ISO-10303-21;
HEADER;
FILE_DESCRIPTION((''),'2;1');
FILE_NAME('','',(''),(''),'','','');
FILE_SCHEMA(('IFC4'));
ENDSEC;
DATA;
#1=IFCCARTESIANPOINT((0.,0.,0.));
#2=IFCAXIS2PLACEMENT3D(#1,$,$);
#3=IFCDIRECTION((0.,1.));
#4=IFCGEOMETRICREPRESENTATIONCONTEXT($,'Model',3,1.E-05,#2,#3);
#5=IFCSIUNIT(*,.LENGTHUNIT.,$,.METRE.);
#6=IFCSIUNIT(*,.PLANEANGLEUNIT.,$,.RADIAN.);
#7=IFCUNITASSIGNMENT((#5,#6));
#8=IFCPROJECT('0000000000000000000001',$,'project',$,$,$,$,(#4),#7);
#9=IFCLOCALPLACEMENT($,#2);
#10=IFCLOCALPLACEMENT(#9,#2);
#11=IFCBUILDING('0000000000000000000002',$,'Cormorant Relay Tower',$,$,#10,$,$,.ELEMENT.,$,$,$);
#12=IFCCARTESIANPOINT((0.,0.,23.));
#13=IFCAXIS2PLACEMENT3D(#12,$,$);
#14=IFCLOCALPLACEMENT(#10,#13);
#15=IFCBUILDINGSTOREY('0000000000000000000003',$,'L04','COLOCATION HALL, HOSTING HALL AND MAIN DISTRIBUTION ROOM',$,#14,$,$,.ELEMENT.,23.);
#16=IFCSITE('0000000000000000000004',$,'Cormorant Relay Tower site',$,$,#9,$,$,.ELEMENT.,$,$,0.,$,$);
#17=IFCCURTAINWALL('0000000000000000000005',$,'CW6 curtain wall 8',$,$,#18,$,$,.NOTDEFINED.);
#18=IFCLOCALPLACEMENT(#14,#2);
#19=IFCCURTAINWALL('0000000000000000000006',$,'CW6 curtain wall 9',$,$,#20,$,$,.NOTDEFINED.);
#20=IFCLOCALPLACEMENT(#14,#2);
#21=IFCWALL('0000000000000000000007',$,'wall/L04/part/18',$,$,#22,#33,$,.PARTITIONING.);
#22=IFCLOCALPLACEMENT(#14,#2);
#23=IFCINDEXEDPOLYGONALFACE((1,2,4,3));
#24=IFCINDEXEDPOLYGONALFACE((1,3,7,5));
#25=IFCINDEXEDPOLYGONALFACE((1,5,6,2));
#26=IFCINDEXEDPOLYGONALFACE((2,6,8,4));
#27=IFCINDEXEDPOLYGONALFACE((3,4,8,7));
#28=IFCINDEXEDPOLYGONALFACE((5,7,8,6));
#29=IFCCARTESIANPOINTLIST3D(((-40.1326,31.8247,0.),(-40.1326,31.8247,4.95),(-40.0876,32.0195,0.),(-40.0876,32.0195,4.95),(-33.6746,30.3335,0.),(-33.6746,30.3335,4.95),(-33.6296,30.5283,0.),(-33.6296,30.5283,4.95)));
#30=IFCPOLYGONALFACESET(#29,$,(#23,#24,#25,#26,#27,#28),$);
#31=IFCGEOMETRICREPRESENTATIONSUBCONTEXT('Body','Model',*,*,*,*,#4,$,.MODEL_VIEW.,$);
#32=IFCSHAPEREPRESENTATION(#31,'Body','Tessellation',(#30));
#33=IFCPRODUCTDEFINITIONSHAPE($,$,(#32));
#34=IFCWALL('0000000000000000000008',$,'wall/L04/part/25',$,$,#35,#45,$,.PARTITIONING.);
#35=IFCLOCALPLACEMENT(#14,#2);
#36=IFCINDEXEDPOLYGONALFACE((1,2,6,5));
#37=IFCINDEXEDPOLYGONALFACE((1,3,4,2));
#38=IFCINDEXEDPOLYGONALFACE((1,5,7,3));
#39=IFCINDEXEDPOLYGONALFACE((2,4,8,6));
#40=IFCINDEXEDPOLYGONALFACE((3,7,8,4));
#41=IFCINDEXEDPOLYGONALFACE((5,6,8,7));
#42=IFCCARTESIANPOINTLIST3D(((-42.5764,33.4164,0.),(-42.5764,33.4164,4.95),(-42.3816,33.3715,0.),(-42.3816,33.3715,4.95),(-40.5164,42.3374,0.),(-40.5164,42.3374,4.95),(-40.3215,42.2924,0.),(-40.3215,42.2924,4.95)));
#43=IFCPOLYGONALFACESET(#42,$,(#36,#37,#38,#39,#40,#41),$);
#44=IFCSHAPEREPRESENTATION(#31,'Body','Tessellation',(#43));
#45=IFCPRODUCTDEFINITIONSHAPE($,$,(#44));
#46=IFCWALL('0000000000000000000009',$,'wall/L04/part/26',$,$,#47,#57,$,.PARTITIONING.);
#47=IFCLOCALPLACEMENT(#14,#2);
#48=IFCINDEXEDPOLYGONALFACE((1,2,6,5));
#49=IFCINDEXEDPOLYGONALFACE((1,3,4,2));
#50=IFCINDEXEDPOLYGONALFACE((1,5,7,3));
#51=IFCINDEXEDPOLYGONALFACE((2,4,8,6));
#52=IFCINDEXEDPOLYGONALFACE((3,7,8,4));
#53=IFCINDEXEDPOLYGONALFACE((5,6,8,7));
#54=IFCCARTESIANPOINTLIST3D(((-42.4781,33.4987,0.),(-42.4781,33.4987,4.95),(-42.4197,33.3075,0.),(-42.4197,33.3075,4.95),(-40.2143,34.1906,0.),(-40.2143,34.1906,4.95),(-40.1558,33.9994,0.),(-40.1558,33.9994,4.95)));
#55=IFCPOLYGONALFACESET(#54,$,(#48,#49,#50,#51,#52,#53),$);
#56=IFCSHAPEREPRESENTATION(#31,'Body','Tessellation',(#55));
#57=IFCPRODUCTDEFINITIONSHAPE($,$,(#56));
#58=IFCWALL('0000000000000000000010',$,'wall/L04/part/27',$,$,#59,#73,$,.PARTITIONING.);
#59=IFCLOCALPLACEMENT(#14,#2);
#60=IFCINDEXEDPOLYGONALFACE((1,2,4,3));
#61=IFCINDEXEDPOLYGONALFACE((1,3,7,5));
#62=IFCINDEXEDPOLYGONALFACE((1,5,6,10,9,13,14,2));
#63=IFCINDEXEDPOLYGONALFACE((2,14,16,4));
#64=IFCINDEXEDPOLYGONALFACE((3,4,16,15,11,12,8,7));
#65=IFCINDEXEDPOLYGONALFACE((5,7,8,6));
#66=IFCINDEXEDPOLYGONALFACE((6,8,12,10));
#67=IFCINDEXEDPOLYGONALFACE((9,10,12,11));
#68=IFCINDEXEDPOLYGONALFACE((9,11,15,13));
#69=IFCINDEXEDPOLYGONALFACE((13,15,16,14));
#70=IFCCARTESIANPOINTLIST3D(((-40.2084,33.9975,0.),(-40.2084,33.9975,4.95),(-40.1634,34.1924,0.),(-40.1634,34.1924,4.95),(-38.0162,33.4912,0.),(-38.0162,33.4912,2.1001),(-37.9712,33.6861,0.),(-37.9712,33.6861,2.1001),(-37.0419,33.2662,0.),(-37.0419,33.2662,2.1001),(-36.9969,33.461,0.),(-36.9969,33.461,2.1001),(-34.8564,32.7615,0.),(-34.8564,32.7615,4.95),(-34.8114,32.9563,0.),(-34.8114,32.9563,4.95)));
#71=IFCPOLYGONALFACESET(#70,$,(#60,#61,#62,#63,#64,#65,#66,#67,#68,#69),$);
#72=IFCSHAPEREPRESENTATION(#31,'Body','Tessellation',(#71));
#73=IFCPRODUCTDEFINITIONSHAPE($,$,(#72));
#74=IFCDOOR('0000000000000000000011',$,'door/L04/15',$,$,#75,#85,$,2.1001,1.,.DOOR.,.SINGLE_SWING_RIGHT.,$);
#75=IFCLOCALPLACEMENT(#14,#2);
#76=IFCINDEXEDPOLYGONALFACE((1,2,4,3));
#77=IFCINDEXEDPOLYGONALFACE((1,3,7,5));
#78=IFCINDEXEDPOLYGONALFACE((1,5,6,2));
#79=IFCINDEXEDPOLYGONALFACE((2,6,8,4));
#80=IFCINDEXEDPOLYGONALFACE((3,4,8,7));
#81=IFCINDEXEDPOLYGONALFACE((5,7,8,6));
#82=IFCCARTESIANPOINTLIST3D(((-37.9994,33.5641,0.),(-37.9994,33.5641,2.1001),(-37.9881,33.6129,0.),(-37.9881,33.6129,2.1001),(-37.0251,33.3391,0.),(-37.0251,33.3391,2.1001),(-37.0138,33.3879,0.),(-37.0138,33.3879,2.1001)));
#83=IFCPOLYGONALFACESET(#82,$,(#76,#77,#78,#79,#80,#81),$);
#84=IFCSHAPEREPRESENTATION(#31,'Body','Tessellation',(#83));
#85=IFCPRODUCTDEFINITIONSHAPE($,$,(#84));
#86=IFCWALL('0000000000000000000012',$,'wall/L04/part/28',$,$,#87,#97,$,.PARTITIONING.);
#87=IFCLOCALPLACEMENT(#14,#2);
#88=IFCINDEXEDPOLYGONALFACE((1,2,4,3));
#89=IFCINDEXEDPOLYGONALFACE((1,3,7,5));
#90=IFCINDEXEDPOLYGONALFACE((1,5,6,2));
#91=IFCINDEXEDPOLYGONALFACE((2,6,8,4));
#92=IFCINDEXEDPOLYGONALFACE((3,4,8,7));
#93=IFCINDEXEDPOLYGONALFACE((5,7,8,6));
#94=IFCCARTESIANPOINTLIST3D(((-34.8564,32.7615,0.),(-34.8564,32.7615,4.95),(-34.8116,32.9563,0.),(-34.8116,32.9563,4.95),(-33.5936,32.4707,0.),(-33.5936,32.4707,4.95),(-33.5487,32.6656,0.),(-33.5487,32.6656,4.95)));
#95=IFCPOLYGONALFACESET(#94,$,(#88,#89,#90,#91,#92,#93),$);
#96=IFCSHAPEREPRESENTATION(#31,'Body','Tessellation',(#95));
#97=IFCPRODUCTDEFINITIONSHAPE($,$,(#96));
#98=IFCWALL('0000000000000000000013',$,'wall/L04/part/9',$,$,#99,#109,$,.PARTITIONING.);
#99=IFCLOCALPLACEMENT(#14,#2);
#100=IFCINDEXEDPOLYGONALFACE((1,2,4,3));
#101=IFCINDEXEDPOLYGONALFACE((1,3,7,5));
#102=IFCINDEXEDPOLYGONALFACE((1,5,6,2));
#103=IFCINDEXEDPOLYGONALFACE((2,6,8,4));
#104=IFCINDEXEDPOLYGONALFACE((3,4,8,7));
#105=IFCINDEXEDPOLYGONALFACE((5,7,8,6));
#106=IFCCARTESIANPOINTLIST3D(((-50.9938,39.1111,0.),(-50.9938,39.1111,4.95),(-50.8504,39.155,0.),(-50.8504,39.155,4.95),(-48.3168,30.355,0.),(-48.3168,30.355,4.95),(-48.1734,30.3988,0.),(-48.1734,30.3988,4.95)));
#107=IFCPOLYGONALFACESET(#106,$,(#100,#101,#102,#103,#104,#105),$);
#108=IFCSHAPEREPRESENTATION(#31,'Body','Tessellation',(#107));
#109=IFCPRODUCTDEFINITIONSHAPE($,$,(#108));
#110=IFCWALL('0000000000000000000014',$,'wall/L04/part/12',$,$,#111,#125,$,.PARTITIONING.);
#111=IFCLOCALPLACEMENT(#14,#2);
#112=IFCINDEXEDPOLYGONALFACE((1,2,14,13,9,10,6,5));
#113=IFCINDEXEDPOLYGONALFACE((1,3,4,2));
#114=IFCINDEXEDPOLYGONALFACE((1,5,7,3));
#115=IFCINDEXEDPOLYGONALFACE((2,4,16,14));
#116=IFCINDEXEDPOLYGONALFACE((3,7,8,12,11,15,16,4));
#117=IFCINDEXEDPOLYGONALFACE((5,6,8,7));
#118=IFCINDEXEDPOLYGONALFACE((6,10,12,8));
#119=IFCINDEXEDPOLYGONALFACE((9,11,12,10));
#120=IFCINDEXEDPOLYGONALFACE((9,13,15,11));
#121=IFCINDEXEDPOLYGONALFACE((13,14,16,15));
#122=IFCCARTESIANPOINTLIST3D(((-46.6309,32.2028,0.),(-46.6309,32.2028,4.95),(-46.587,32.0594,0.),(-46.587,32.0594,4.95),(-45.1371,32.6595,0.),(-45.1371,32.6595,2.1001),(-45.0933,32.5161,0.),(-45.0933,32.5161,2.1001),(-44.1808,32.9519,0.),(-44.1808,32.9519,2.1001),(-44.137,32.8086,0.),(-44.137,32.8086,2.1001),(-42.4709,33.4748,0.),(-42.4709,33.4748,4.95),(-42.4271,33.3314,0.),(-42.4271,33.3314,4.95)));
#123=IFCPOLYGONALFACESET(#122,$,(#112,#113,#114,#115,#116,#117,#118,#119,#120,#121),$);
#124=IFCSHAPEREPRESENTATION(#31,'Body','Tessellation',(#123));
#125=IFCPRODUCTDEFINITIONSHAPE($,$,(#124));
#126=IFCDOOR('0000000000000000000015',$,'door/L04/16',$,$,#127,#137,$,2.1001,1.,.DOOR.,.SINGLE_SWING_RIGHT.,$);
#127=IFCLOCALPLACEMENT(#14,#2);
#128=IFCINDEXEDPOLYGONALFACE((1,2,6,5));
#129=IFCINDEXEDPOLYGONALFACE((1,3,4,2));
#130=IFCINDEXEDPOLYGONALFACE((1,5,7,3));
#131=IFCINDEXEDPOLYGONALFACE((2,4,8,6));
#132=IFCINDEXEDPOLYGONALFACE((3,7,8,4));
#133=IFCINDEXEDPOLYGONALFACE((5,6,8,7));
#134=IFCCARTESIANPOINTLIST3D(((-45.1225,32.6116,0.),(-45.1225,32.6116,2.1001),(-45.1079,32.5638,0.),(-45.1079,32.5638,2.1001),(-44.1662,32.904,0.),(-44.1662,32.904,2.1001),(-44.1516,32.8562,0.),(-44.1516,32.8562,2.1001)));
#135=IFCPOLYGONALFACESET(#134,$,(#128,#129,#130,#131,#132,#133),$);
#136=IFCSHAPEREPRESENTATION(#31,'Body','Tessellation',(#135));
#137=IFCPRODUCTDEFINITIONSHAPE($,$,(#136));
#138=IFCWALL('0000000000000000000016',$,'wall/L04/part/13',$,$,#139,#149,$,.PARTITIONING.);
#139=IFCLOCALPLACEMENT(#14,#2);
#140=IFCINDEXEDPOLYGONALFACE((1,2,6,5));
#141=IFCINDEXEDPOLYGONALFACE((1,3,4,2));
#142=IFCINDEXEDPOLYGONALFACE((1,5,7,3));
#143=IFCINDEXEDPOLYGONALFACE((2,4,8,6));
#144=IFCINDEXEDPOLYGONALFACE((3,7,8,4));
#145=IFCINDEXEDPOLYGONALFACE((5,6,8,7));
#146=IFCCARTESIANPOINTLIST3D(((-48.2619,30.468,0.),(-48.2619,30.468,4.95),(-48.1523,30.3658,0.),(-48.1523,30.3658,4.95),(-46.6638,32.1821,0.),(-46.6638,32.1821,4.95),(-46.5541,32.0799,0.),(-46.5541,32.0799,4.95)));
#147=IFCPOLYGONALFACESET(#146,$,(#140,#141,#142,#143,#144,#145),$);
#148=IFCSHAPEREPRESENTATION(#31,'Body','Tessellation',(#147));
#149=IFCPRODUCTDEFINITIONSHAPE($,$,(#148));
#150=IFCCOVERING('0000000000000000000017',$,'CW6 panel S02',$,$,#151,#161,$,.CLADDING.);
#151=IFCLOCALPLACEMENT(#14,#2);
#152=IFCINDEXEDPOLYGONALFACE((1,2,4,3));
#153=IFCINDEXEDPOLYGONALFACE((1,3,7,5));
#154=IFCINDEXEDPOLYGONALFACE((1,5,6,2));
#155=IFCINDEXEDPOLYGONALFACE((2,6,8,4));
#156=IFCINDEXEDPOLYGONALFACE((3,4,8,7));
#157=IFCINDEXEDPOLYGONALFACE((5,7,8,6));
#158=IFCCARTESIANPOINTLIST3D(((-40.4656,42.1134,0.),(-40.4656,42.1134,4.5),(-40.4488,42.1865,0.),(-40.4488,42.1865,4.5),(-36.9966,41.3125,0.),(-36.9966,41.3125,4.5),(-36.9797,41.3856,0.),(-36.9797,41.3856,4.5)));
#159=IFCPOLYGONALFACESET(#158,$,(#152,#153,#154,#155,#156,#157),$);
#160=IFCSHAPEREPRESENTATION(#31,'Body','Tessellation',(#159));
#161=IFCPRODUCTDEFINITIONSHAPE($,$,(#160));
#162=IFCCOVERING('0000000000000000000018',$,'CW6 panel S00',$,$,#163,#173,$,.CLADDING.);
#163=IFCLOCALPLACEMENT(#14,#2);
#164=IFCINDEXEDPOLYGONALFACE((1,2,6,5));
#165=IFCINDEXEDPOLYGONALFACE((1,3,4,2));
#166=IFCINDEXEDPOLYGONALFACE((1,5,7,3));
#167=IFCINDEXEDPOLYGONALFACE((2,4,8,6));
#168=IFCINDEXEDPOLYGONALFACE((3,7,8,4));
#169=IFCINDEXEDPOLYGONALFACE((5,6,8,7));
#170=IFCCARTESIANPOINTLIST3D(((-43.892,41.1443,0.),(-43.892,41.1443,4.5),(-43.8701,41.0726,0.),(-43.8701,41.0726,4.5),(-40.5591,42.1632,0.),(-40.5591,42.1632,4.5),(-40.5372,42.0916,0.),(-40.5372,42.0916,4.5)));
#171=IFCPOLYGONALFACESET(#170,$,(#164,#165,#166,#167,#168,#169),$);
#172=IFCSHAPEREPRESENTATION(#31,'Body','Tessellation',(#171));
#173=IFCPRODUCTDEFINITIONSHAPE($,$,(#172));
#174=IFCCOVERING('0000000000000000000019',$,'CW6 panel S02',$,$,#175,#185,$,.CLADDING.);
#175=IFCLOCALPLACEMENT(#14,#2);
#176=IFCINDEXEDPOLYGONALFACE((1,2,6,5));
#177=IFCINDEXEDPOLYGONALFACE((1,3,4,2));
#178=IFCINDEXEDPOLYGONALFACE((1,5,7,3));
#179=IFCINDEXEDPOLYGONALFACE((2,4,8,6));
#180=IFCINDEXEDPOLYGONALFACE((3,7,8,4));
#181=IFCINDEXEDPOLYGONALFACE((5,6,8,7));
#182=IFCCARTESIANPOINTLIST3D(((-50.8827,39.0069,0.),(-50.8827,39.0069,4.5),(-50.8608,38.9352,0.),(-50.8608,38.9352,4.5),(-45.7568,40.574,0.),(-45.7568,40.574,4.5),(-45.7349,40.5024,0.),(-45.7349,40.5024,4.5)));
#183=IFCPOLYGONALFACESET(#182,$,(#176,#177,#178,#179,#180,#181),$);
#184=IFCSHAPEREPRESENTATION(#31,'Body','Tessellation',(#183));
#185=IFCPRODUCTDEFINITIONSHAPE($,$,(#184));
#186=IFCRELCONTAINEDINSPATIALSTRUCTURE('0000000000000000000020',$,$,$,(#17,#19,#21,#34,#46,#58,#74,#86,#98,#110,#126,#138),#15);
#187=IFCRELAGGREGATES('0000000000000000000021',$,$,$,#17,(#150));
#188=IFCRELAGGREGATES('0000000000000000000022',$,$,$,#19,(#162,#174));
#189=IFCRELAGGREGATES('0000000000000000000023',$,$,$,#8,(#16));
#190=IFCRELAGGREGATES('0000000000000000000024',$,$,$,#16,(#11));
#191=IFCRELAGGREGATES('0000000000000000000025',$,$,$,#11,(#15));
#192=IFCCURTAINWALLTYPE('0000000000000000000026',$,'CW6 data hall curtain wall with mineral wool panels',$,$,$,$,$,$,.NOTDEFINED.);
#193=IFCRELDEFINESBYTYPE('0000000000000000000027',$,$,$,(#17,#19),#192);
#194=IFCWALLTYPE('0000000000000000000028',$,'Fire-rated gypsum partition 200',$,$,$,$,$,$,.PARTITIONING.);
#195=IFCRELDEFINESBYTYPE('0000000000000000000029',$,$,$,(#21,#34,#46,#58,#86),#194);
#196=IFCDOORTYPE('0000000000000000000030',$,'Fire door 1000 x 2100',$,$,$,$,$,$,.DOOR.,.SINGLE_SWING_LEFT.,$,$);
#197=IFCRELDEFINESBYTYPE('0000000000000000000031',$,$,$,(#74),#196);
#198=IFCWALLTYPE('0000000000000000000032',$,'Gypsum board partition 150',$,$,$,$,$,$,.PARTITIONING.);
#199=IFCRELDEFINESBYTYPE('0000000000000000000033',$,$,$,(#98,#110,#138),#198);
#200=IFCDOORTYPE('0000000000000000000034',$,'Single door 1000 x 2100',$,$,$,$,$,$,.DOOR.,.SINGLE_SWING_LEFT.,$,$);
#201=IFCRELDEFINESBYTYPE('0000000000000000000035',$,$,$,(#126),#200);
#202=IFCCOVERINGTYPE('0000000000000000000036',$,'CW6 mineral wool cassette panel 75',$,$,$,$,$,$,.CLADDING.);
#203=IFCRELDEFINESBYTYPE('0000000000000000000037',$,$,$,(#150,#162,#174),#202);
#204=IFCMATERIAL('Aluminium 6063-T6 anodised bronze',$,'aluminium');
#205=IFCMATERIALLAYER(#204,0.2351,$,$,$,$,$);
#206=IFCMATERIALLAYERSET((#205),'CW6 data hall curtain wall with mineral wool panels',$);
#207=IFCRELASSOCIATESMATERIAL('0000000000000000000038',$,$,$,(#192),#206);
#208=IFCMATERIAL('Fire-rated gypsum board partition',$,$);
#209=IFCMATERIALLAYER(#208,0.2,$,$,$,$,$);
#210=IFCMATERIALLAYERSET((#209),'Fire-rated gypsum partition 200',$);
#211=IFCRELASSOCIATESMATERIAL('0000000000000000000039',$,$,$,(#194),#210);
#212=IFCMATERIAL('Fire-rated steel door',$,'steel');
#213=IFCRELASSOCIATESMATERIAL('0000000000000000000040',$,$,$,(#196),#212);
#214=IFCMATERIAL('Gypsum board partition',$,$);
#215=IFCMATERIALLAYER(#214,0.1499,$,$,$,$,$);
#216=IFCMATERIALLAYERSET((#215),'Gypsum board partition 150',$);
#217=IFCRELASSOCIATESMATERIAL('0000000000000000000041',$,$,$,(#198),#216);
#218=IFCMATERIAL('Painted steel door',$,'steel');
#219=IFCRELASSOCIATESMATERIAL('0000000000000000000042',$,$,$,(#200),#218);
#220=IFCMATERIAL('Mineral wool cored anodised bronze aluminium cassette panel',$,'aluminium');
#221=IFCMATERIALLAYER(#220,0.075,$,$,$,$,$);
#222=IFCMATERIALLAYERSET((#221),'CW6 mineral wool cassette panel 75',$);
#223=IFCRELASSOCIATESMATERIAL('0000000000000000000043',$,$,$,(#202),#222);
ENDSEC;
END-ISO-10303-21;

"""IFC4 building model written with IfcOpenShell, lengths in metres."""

from ifc_helpers import new_model, si_unit, direction, frame, frame_2d, origin, origin_2d, place, context, subcontext, project, spatial, rectangle, extrude, material, layer, layer_set, type_object, element, fill, aggregate, save


model = new_model("IFC4")

# Units and contexts
model_context = context("Model", 3, precision=1e-05, world=origin(), true_north=direction((0.0, 1.0)))
body_context = subcontext(model_context, "Body", "Model", "MODEL_VIEW")
ifc_project = project(units=[si_unit("LENGTHUNIT", "METRE"), si_unit("PLANEANGLEUNIT", "RADIAN")], contexts=[model_context])

# Site, building, storey
site_placement = place(None, origin())
site = spatial("IfcSite", under=ifc_project, at=site_placement, Name="Cormorant Relay Tower site", CompositionType="ELEMENT", RefElevation=0.0)
building_placement = place(site_placement, origin())
building = spatial("IfcBuilding", under=site, at=building_placement, Name="Cormorant Relay Tower", CompositionType="ELEMENT")
storey_placement = place(building_placement, frame((0.0, 0.0, 23.0)))
storey = spatial("IfcBuildingStorey", under=building, at=storey_placement, Name="L04", Description="COLOCATION HALL, HOSTING HALL AND MAIN DISTRIBUTION ROOM", CompositionType="ELEMENT", Elevation=23.0)

# Curtain wall
ifc_material_1 = material(Name="Aluminium 6063-T6 anodised bronze", Category="aluminium")
ifc_layer_1 = layer(ifc_material_1, 0.2351)
ifc_layer_set_1 = layer_set([ifc_layer_1], Name="CW6 data hall curtain wall with mineral wool panels")
curtain_wall_type = type_object("IfcCurtainWallType", Name="CW6 data hall curtain wall with mineral wool panels", PredefinedType="NOTDEFINED", material=ifc_layer_set_1)
curtain_wall_1_placement = place(storey_placement, origin())
curtain_wall_1 = element("IfcCurtainWall", 1, at=curtain_wall_1_placement, inside=storey, type_object=curtain_wall_type, Name="CW6 curtain wall 8", PredefinedType="NOTDEFINED")

# Curtain wall
curtain_wall_2_placement = place(storey_placement, origin())
curtain_wall_2 = element("IfcCurtainWall", 2, at=curtain_wall_2_placement, inside=storey, type_object=curtain_wall_type, Name="CW6 curtain wall 9", PredefinedType="NOTDEFINED")

# Walls
ifc_material_2 = material(Name="Fire-rated gypsum board partition")
ifc_layer_2 = layer(ifc_material_2, 0.2)
ifc_layer_set_2 = layer_set([ifc_layer_2], Name="Fire-rated gypsum partition 200")
wall_type_1 = type_object("IfcWallType", Name="Fire-rated gypsum partition 200", PredefinedType="PARTITIONING", material=ifc_layer_set_2)
wall_1_placement = place(storey_placement, frame((-40.1101, 31.9221, 0.0), z_axis=(0.0, 0.0, 1.0), x_axis=(0.974361, -0.224989, 0.0)))
element("IfcWall", 3, at=wall_1_placement, inside=storey, type_object=wall_type_1, Name="wall/L04/part/18", PredefinedType="PARTITIONING", context=body_context, shape_type="SweptSolid", body=[
    extrude(rectangle(XDim=6.6279, YDim=0.2, at=frame_2d((3.314, 0.0))), origin(), (0.0, 0.0, 1.0), 4.95),
])
wall_2_placement = place(storey_placement, frame((-40.4189, 42.3149, 0.0), z_axis=(0.0, 0.0, 1.0), x_axis=(-0.225004, -0.974358, 0.0)))
element("IfcWall", 4, at=wall_2_placement, inside=storey, type_object=wall_type_1, Name="wall/L04/part/25", PredefinedType="PARTITIONING", context=body_context, shape_type="SweptSolid", body=[
    extrude(rectangle(XDim=9.1558, YDim=0.2, at=frame_2d((4.5779, 0.0))), origin(), (0.0, 0.0, 1.0), 4.95),
])
wall_3_placement = place(storey_placement, frame((-40.1851, 34.095, 0.0), z_axis=(0.0, 0.0, 1.0), x_axis=(-0.956335, -0.292274, 0.0)))
element("IfcWall", 5, at=wall_3_placement, inside=storey, type_object=wall_type_1, Name="wall/L04/part/26", PredefinedType="PARTITIONING", context=body_context, shape_type="SweptSolid", body=[
    extrude(rectangle(XDim=2.3672, YDim=0.2, at=frame_2d((1.1836, 0.0))), origin(), (0.0, 0.0, 1.0), 4.95),
])

# Wall, opening, door
wall_4_placement = place(storey_placement, frame((-40.186, 34.095, 0.0), z_axis=(0.0, 0.0, 1.0), x_axis=(0.974351, -0.225032, 0.0)))
wall_4 = element("IfcWall", 6, at=wall_4_placement, inside=storey, type_object=wall_type_1, Name="wall/L04/part/27", PredefinedType="PARTITIONING", context=body_context, shape_type="SweptSolid", body=[
    extrude(rectangle(XDim=5.4929, YDim=0.2, at=frame_2d((2.7466, 0.0))), origin(), (0.0, 0.0, 1.0), 4.95),
])
opening_1_placement = place(wall_4_placement, frame((2.25, 0.0, 0.0)))
opening_1 = element("IfcOpeningElement", 7, at=opening_1_placement, cuts=wall_4, PredefinedType="OPENING", context=body_context, shape_type="SweptSolid", body=[
    extrude(rectangle(XDim=1.0, YDim=2.1001, at=frame_2d((0.5, 1.05))), frame((0.0, 0.1099, 0.0), z_axis=(0.0, -1.0, 0.0), x_axis=(1.0, 0.0, 0.0)), (0.0, 0.0, 1.0), 0.22),
])
ifc_material_3 = material(Name="Fire-rated steel door", Category="steel")
door_type_1 = type_object("IfcDoorType", Name="Fire door 1000 x 2100", OperationType="SINGLE_SWING_LEFT", PredefinedType="DOOR", material=ifc_material_3)
door_1_placement = place(opening_1_placement, origin())
door_1 = element("IfcDoor", 8, at=door_1_placement, inside=storey, type_object=door_type_1, Name="door/L04/15", OperationType="SINGLE_SWING_RIGHT", OverallHeight=2.1001, OverallWidth=1.0, PredefinedType="DOOR", context=body_context, shape_type="SweptSolid", body=[
    extrude(rectangle(XDim=1.0, YDim=2.1001, at=frame_2d((0.5, 1.05))), frame((0.0, 0.0249, 0.0), z_axis=(0.0, -1.0, 0.0), x_axis=(1.0, 0.0, 0.0)), (0.0, 0.0, 1.0), 0.05),
])
fill(opening_1, door_1)

# Walls
wall_5_placement = place(storey_placement, frame((-34.834, 32.8589, 0.0), z_axis=(0.0, 0.0, 1.0), x_axis=(0.974505, -0.224364, 0.0)))
element("IfcWall", 9, at=wall_5_placement, inside=storey, type_object=wall_type_1, Name="wall/L04/part/28", PredefinedType="PARTITIONING", context=body_context, shape_type="SweptSolid", body=[
    extrude(rectangle(XDim=1.2959, YDim=0.2, at=frame_2d((0.6479, 0.0))), origin(), (0.0, 0.0, 1.0), 4.95),
])
ifc_material_4 = material(Name="Gypsum board partition")
ifc_layer_3 = layer(ifc_material_4, 0.1499)
ifc_layer_set_3 = layer_set([ifc_layer_3], Name="Gypsum board partition 150")
wall_type_2 = type_object("IfcWallType", Name="Gypsum board partition 150", PredefinedType="PARTITIONING", material=ifc_layer_set_3)
wall_6_placement = place(storey_placement, frame((-50.9221, 39.1331, 0.0), z_axis=(0.0, 0.0, 1.0), x_axis=(0.292371, -0.956305, 0.0)))
element("IfcWall", 10, at=wall_6_placement, inside=storey, type_object=wall_type_2, Name="wall/L04/part/9", PredefinedType="PARTITIONING", context=body_context, shape_type="SweptSolid", body=[
    extrude(rectangle(XDim=9.1562, YDim=0.1499, at=frame_2d((4.5781, 0.0))), origin(), (0.0, 0.0, 1.0), 4.95),
])

# Wall, opening, door
wall_7_placement = place(storey_placement, frame((-42.449, 33.4031, 0.0), z_axis=(0.0, 0.0, 1.0), x_axis=(-0.956294, -0.292405, 0.0)))
wall_7 = element("IfcWall", 11, at=wall_7_placement, inside=storey, type_object=wall_type_2, Name="wall/L04/part/12", PredefinedType="PARTITIONING", context=body_context, shape_type="SweptSolid", body=[
    extrude(rectangle(XDim=4.3501, YDim=0.1499, at=frame_2d((2.175, 0.0))), origin(), (0.0, 0.0, 1.0), 4.95),
])
opening_2_placement = place(wall_7_placement, frame((1.7881, 0.0, 0.0)))
opening_2 = element("IfcOpeningElement", 12, at=opening_2_placement, cuts=wall_7, PredefinedType="OPENING", context=body_context, shape_type="SweptSolid", body=[
    extrude(rectangle(XDim=1.0, YDim=2.1001, at=frame_2d((0.5, 1.05))), frame((0.0, 0.085, 0.0), z_axis=(0.0, -1.0, 0.0), x_axis=(1.0, 0.0, 0.0)), (0.0, 0.0, 1.0), 0.1699),
])
ifc_material_5 = material(Name="Painted steel door", Category="steel")
door_type_2 = type_object("IfcDoorType", Name="Single door 1000 x 2100", OperationType="SINGLE_SWING_LEFT", PredefinedType="DOOR", material=ifc_material_5)
door_2_placement = place(opening_2_placement, frame((1.0, 0.0, 0.0), z_axis=(0.0, 0.0, 1.0), x_axis=(-1.0, 0.0, 0.0)))
door_2 = element("IfcDoor", 13, at=door_2_placement, inside=storey, type_object=door_type_2, Name="door/L04/16", OperationType="SINGLE_SWING_RIGHT", OverallHeight=2.1001, OverallWidth=1.0, PredefinedType="DOOR", context=body_context, shape_type="SweptSolid", body=[
    extrude(rectangle(XDim=1.0, YDim=2.1001, at=frame_2d((0.5, 1.05))), frame((0.0, 0.0249, 0.0), z_axis=(0.0, -1.0, 0.0), x_axis=(1.0, 0.0, 0.0)), (0.0, 0.0, 1.0), 0.05),
])
fill(opening_2, door_2)

# Wall
wall_8_placement = place(storey_placement, frame((-46.6089, 32.1311, 0.0), z_axis=(0.0, 0.0, 1.0), x_axis=(-0.681932, -0.731415, 0.0)))
element("IfcWall", 14, at=wall_8_placement, inside=storey, type_object=wall_type_2, Name="wall/L04/part/13", PredefinedType="PARTITIONING", context=body_context, shape_type="SweptSolid", body=[
    extrude(rectangle(XDim=2.3435, YDim=0.1499, at=frame_2d((1.1719, 0.0))), origin(), (0.0, 0.0, 1.0), 4.95),
])

# Coverings
ifc_material_6 = material(Name="Mineral wool cored anodised bronze aluminium cassette panel", Category="aluminium")
ifc_layer_4 = layer(ifc_material_6, 0.075)
ifc_layer_set_4 = layer_set([ifc_layer_4], Name="CW6 mineral wool cassette panel 75")
covering_type = type_object("IfcCoveringType", Name="CW6 mineral wool cassette panel 75", PredefinedType="CLADDING", material=ifc_layer_set_4)
covering_1_placement = place(storey_placement, frame((-38.7227, 41.7495, 0.0), z_axis=(0.0, 0.0, 1.0), x_axis=(-0.97437, 0.224951, 0.0)))
covering_1 = element("IfcCovering", 15, at=covering_1_placement, type_object=covering_type, Name="CW6 panel S02", PredefinedType="CLADDING", context=body_context, shape_type="SweptSolid", body=[
    extrude(rectangle(XDim=3.5603, YDim=0.075, at=origin_2d()), origin(), (0.0, 0.0, 1.0), 4.5),
])
aggregate(curtain_wall_1, [covering_1])
covering_2_placement = place(storey_placement, frame((-42.2146, 41.6179, 0.0), z_axis=(0.0, 0.0, 1.0), x_axis=(-0.956305, -0.292372, 0.0)))
covering_2 = element("IfcCovering", 16, at=covering_2_placement, type_object=covering_type, Name="CW6 panel S00", PredefinedType="CLADDING", context=body_context, shape_type="SweptSolid", body=[
    extrude(rectangle(XDim=3.4851, YDim=0.075, at=origin_2d()), origin(), (0.0, 0.0, 1.0), 4.5),
])
covering_3_placement = place(storey_placement, frame((-48.3088, 39.7546, 0.0), z_axis=(0.0, 0.0, 1.0), x_axis=(-0.956305, -0.292372, 0.0)))
covering_3 = element("IfcCovering", 17, at=covering_3_placement, type_object=covering_type, Name="CW6 panel S02", PredefinedType="CLADDING", context=body_context, shape_type="SweptSolid", body=[
    extrude(rectangle(XDim=5.3601, YDim=0.075, at=origin_2d()), origin(), (0.0, 0.0, 1.0), 4.5),
])
aggregate(curtain_wall_2, [covering_2, covering_3])

save(model, "model.ifc")
